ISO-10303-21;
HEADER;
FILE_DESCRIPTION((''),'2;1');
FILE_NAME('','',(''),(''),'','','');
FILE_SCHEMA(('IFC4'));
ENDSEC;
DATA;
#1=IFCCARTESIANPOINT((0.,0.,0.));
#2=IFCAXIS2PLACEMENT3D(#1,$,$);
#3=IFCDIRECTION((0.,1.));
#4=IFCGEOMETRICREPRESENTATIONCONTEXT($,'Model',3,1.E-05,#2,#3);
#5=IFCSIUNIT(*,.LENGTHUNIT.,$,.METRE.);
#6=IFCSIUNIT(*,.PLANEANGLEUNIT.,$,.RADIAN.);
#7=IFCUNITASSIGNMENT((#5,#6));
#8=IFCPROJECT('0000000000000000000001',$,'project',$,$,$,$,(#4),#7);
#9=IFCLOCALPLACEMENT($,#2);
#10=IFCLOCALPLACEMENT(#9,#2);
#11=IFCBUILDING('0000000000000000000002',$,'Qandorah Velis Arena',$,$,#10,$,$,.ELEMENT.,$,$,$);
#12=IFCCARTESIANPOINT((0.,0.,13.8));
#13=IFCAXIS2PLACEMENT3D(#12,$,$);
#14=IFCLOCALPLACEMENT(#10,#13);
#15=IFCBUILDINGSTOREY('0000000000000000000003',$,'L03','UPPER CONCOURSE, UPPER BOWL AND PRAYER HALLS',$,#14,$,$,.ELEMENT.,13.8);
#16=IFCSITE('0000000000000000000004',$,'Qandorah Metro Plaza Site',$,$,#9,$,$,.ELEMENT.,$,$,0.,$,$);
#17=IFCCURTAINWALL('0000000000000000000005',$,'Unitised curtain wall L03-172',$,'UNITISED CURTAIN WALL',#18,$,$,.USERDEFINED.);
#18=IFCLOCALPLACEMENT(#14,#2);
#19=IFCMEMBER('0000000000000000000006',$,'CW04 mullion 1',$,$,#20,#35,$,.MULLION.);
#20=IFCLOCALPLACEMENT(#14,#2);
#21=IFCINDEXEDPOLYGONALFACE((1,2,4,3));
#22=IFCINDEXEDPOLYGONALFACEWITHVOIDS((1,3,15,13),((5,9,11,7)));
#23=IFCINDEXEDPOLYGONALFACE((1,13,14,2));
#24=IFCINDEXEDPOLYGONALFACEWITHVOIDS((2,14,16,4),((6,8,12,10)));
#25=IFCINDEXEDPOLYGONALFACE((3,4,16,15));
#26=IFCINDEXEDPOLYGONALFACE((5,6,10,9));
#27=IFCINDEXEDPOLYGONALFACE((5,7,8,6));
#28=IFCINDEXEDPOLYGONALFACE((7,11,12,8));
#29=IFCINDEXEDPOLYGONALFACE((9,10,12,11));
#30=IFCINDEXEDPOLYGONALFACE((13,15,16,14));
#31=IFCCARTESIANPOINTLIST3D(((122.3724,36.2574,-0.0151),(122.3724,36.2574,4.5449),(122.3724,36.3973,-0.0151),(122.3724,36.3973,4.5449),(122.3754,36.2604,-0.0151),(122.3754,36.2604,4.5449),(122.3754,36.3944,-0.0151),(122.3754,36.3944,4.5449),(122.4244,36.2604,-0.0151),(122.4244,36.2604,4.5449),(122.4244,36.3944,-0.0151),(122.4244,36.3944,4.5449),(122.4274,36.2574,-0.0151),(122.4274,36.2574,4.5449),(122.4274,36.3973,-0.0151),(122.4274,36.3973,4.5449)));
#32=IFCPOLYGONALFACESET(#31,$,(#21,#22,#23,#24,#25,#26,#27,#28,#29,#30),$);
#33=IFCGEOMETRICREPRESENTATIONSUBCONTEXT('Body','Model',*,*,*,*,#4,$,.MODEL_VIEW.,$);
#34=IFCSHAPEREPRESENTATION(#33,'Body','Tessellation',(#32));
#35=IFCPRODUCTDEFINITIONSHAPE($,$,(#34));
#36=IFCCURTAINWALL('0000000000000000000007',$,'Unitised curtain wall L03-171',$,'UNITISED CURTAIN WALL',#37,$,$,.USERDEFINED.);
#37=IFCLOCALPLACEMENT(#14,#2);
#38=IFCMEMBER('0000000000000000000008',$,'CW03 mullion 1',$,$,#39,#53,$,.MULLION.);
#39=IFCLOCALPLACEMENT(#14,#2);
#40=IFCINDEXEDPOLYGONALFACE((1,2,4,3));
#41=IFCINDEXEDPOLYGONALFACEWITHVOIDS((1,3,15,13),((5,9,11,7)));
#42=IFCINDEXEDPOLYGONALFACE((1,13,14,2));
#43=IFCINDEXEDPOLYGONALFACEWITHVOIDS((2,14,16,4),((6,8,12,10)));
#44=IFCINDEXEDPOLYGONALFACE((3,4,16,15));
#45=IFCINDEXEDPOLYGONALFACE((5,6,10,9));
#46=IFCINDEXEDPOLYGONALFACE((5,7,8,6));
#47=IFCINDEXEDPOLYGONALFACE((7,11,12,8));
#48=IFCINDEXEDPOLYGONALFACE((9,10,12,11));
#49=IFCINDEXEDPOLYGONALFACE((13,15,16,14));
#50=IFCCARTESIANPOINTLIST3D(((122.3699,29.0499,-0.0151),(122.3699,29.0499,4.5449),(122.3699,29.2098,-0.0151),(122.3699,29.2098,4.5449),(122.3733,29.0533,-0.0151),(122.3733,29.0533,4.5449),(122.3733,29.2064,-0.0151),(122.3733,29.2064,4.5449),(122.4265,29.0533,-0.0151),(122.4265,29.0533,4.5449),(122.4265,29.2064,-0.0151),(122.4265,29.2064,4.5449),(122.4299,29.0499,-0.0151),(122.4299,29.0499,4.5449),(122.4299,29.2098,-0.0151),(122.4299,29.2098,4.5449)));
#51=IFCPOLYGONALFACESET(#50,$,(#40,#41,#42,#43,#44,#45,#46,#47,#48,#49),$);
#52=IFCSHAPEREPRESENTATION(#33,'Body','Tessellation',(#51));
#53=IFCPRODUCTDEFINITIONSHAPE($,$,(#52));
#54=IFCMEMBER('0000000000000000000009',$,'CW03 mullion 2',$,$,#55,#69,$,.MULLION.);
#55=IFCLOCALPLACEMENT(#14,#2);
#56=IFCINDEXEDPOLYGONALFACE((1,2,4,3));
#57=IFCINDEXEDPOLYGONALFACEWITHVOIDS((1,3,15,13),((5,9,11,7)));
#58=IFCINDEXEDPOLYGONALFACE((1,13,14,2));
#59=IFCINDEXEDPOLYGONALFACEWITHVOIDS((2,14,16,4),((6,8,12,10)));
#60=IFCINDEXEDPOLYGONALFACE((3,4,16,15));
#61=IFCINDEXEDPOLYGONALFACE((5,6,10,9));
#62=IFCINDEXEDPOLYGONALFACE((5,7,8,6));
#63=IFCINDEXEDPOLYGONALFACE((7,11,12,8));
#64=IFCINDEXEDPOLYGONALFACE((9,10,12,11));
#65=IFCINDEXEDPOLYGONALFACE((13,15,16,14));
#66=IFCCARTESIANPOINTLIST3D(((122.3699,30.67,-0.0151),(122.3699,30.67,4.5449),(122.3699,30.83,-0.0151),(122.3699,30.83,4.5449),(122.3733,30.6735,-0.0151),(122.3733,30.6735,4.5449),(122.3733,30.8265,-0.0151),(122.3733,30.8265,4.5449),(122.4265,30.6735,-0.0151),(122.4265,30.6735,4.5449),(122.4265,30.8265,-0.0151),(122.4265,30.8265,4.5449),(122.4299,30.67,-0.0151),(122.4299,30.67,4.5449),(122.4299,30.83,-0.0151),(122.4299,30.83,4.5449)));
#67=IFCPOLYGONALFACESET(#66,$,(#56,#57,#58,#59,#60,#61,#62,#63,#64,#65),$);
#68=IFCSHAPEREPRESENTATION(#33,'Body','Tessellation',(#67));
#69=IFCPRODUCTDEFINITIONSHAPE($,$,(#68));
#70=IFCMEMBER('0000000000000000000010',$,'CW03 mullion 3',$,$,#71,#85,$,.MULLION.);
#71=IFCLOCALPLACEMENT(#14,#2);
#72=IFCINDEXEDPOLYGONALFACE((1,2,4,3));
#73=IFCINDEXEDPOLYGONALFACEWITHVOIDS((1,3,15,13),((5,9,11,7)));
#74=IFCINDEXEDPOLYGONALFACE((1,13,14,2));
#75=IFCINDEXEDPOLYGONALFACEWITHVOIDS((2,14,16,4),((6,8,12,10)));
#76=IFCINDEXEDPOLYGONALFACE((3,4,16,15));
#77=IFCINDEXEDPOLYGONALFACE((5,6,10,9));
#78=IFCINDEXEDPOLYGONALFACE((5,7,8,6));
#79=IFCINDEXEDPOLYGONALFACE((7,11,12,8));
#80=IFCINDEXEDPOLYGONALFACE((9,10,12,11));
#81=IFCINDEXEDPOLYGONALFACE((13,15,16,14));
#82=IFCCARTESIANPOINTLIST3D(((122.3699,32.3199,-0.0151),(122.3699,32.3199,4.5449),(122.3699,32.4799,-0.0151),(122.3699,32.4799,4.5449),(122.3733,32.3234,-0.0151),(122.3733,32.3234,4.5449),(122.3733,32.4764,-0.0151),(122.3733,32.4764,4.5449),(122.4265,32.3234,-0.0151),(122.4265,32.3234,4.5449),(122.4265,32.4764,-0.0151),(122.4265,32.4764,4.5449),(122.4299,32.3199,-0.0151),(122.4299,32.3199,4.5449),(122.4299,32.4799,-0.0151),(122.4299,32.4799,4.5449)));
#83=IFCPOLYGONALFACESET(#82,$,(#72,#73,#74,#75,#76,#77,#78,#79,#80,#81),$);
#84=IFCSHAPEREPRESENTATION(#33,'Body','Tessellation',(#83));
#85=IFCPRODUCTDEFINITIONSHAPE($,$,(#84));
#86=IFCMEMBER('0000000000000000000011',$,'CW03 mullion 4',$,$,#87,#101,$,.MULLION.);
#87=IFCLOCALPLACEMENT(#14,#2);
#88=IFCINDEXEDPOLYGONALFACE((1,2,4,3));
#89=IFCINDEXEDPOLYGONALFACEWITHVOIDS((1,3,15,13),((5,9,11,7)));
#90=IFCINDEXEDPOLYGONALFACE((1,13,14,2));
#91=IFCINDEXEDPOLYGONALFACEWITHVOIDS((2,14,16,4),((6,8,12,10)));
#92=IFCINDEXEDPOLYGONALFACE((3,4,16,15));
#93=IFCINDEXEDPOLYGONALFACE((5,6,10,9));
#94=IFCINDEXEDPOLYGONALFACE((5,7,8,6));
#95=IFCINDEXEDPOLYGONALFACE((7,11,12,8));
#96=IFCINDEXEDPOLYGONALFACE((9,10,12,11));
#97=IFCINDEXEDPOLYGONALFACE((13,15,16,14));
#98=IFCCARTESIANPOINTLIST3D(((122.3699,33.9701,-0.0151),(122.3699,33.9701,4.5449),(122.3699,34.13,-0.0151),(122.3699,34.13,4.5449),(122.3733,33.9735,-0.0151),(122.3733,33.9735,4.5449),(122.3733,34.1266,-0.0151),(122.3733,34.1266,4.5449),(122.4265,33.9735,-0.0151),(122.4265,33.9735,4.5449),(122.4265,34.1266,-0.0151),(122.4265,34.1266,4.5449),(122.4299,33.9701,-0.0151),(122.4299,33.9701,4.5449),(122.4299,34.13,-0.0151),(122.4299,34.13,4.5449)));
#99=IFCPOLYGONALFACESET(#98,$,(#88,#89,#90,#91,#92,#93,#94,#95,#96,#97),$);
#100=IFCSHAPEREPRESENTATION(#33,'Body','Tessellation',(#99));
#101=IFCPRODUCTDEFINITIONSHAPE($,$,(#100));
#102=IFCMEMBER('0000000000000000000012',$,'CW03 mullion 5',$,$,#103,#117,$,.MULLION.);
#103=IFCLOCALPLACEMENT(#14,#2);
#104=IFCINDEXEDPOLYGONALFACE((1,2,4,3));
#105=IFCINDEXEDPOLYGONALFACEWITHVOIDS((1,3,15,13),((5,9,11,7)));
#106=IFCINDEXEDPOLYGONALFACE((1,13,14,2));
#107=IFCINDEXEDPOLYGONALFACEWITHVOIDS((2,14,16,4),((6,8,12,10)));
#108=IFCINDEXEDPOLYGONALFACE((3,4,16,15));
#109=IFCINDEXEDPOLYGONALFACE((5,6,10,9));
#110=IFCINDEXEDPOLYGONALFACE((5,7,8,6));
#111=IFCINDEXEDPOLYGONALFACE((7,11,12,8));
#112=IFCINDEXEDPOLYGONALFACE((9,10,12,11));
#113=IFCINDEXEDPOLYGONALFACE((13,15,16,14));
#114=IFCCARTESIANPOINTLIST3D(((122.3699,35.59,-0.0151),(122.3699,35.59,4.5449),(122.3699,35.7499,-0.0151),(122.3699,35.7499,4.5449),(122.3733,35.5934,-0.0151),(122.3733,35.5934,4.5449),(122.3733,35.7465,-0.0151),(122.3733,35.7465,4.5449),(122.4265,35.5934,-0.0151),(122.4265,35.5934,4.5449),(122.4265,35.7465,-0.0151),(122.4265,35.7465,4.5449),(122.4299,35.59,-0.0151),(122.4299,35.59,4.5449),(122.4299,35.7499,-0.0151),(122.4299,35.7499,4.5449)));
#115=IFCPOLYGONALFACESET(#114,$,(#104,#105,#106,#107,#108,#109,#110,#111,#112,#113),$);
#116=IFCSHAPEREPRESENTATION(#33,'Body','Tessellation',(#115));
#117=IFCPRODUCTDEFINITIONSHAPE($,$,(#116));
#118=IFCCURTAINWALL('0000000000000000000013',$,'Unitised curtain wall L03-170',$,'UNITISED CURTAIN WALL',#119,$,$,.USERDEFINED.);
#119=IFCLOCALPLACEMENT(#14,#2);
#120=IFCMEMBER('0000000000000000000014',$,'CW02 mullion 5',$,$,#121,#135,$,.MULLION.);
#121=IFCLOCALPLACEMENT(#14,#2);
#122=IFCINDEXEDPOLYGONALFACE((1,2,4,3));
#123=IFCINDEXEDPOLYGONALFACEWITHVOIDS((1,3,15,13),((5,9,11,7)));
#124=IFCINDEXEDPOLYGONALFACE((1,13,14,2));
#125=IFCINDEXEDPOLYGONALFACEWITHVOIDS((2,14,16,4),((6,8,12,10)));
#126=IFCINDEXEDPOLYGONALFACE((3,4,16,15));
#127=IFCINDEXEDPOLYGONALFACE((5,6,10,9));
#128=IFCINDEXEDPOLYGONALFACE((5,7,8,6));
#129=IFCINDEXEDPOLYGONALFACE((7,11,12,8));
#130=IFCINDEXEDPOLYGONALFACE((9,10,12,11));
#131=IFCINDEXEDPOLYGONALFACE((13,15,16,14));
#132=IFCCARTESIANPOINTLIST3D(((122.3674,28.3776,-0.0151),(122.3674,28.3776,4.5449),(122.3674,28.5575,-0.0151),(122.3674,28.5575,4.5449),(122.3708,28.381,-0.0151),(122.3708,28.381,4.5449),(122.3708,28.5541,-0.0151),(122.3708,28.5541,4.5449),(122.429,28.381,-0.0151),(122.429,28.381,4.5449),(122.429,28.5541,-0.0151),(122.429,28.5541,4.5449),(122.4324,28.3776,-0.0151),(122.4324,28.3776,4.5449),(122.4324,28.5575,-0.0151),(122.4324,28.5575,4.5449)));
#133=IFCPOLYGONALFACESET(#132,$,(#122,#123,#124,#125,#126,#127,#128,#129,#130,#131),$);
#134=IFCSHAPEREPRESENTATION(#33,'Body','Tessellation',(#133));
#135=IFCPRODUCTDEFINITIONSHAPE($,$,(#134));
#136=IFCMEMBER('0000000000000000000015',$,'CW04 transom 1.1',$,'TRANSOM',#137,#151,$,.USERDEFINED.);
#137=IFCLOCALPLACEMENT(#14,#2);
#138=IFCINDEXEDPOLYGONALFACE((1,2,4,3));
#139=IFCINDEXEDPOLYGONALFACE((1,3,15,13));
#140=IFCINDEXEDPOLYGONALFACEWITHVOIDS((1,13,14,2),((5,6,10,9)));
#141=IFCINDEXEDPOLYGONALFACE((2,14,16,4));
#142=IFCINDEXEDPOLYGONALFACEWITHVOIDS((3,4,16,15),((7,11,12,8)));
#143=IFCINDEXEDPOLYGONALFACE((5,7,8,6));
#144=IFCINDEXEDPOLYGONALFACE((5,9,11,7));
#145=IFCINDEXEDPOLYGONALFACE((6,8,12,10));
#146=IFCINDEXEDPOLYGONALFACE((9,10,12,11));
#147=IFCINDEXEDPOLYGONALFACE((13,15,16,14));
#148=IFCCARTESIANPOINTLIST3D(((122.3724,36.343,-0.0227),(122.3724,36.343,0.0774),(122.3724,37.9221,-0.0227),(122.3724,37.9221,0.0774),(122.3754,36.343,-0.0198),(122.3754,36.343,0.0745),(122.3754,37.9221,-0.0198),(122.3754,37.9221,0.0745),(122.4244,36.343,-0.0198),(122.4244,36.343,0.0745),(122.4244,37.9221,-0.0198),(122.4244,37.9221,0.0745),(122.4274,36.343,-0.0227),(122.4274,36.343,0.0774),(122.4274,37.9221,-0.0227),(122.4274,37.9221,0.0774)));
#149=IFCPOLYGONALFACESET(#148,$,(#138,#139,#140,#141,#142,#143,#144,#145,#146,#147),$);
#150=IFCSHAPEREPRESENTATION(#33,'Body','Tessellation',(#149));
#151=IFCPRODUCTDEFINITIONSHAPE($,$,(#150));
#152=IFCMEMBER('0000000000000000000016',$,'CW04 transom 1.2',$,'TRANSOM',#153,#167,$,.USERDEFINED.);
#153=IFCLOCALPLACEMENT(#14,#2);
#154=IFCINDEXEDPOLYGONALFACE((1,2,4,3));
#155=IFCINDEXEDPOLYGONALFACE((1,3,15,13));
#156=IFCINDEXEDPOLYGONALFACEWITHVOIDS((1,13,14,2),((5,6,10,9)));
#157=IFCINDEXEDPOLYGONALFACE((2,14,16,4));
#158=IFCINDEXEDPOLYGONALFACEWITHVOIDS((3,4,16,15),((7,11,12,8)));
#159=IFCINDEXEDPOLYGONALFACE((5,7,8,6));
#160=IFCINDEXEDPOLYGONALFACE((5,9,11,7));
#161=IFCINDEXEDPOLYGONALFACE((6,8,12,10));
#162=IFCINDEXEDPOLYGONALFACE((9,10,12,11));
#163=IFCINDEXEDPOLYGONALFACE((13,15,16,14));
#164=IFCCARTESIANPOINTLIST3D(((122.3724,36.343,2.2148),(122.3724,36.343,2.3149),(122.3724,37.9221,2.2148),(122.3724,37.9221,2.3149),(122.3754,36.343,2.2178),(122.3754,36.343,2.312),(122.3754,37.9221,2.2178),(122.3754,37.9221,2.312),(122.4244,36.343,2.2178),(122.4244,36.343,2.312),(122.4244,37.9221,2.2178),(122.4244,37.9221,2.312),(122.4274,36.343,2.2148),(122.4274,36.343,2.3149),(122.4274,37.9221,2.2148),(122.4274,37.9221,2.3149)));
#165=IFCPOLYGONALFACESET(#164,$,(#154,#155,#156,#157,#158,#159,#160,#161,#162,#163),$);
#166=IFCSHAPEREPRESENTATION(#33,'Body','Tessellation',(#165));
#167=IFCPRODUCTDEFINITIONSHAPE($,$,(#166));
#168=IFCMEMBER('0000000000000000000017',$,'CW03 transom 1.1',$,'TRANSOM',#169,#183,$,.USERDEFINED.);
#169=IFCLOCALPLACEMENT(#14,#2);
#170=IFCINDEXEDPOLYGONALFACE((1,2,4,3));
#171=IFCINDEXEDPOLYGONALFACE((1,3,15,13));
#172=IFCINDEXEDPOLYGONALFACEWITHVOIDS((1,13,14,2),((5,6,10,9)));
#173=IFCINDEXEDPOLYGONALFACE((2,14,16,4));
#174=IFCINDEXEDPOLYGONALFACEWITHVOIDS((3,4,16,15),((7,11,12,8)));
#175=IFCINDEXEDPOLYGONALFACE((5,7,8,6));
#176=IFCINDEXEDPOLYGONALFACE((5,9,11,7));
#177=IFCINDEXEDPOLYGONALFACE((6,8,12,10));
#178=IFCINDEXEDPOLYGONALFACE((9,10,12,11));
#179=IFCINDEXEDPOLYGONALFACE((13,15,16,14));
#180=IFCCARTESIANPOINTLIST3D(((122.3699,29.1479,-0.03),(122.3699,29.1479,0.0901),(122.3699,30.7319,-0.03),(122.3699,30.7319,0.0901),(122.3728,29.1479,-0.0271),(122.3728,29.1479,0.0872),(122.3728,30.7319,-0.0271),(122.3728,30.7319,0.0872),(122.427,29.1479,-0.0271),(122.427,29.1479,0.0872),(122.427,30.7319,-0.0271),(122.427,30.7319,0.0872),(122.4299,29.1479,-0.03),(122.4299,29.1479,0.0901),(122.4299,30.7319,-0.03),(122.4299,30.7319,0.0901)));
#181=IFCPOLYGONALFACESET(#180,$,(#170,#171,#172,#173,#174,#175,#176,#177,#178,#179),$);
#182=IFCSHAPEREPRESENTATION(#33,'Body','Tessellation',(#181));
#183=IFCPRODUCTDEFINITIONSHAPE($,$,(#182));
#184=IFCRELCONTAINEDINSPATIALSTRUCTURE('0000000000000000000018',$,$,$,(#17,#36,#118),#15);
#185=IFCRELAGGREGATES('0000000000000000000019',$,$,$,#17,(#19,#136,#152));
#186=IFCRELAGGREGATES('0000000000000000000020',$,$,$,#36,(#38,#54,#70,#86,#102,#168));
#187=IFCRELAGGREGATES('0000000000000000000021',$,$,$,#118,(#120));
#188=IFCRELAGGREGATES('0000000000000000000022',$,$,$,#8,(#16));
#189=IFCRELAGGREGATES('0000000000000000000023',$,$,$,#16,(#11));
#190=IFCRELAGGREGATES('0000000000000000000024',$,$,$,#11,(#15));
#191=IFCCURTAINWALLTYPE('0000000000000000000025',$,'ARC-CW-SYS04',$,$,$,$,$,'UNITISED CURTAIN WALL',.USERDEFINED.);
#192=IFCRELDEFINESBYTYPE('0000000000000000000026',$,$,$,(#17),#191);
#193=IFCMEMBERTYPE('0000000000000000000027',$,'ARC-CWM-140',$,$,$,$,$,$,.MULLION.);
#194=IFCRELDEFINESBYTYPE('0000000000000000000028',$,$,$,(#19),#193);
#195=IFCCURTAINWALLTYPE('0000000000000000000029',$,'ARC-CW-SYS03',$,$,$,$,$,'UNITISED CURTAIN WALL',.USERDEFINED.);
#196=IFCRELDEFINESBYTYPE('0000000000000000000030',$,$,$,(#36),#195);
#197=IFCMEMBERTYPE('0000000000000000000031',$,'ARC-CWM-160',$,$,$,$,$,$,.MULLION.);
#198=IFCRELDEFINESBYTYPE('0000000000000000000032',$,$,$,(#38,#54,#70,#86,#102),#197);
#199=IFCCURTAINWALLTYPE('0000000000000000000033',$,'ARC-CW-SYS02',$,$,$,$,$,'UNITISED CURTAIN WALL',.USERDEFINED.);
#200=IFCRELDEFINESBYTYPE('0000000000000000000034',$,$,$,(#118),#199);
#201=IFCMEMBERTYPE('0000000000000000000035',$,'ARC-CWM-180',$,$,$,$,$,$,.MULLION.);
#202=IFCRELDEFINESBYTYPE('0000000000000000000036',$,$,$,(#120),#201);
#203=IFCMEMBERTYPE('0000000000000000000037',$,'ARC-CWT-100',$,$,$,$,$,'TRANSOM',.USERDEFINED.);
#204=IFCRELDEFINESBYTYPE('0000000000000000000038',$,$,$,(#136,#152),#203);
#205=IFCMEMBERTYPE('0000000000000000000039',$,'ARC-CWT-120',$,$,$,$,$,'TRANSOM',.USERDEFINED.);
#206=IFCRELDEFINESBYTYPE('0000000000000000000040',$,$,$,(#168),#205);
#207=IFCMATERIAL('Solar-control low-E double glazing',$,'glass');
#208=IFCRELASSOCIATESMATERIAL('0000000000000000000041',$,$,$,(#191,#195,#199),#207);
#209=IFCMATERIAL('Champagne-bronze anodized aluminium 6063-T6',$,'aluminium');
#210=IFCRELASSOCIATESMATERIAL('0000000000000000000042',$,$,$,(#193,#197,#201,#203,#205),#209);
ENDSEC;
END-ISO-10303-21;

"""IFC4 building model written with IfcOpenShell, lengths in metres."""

from ifc_helpers import new_model, si_unit, direction, frame, origin, origin_2d, place, context, subcontext, project, spatial, hollow_rectangle, extrude, material, material_profile, profile_set, type_object, element, aggregate, save


model = new_model("IFC4")

# Units and contexts
model_context = context("Model", 3, precision=1e-05, world=origin(), true_north=direction((0.0, 1.0)))
body_context = subcontext(model_context, "Body", "Model", "MODEL_VIEW")
ifc_project = project(units=[si_unit("LENGTHUNIT", "METRE"), si_unit("PLANEANGLEUNIT", "RADIAN")], contexts=[model_context])

# Site, building, storey
site_placement = place(None, origin())
site = spatial("IfcSite", under=ifc_project, at=site_placement, Name="Qandorah Metro Plaza Site", CompositionType="ELEMENT", RefElevation=0.0)
building_placement = place(site_placement, origin())
building = spatial("IfcBuilding", under=site, at=building_placement, Name="Qandorah Velis Arena", CompositionType="ELEMENT")
storey_placement = place(building_placement, frame((0.0, 0.0, 13.8)))
storey = spatial("IfcBuildingStorey", under=building, at=storey_placement, Name="L03", Description="UPPER CONCOURSE, UPPER BOWL AND PRAYER HALLS", CompositionType="ELEMENT", Elevation=13.8)

# Curtain wall, member
ifc_material_1 = material(Name="Solar-control low-E double glazing", Category="glass")
curtain_wall_type_1 = type_object("IfcCurtainWallType", Name="ARC-CW-SYS04", ElementType="UNITISED CURTAIN WALL", PredefinedType="USERDEFINED", material=ifc_material_1)
curtain_wall_1_placement = place(storey_placement, origin())
curtain_wall_1 = element("IfcCurtainWall", 1, at=curtain_wall_1_placement, inside=storey, type_object=curtain_wall_type_1, Name="Unitised curtain wall L03-172", ObjectType="UNITISED CURTAIN WALL", PredefinedType="USERDEFINED")
ifc_material_2 = material(Name="Champagne-bronze anodized aluminium 6063-T6", Category="aluminium")
ifc_material_profile_1 = material_profile(ifc_material_2, hollow_rectangle(XDim=0.0549, YDim=0.1399, WallThickness=0.0029, at=origin_2d()), Name="ALU MULLION 55x140")
ifc_profile_set_1 = profile_set([ifc_material_profile_1], Name="Champagne-bronze anodized aluminium 6063-T6")
member_type_1 = type_object("IfcMemberType", Name="ARC-CWM-140", PredefinedType="MULLION", material=ifc_profile_set_1)
member_1_placement = place(storey_placement, frame((122.3999, 36.3274, -0.0151), z_axis=(0.0, 0.0, 1.0), x_axis=(-1.0, 0.0, 0.0)))
member_1 = element("IfcMember", 2, at=member_1_placement, type_object=member_type_1, Name="CW04 mullion 1", PredefinedType="MULLION", context=body_context, shape_type="SweptSolid", body=[
    extrude(hollow_rectangle(XDim=0.0549, YDim=0.1399, WallThickness=0.0029, at=origin_2d()), origin(), (0.0, 0.0, 1.0), 4.5601),
])

# Curtain wall, members
curtain_wall_type_2 = type_object("IfcCurtainWallType", Name="ARC-CW-SYS03", ElementType="UNITISED CURTAIN WALL", PredefinedType="USERDEFINED", material=ifc_material_1)
curtain_wall_2_placement = place(storey_placement, origin())
curtain_wall_2 = element("IfcCurtainWall", 3, at=curtain_wall_2_placement, inside=storey, type_object=curtain_wall_type_2, Name="Unitised curtain wall L03-171", ObjectType="UNITISED CURTAIN WALL", PredefinedType="USERDEFINED")
ifc_material_profile_2 = material_profile(ifc_material_2, hollow_rectangle(XDim=0.0601, YDim=0.1599, WallThickness=0.0034, at=origin_2d()), Name="ALU MULLION 60x160")
ifc_profile_set_2 = profile_set([ifc_material_profile_2], Name="Champagne-bronze anodized aluminium 6063-T6")
member_type_2 = type_object("IfcMemberType", Name="ARC-CWM-160", PredefinedType="MULLION", material=ifc_profile_set_2)
member_2_placement = place(storey_placement, frame((122.3999, 29.1299, -0.0151), z_axis=(0.0, 0.0, 1.0), x_axis=(-1.0, 0.0, 0.0)))
member_2 = element("IfcMember", 4, at=member_2_placement, type_object=member_type_2, Name="CW03 mullion 1", PredefinedType="MULLION", context=body_context, shape_type="SweptSolid", body=[
    extrude(hollow_rectangle(XDim=0.0601, YDim=0.1599, WallThickness=0.0034, at=origin_2d()), origin(), (0.0, 0.0, 1.0), 4.5601),
])
member_3_placement = place(storey_placement, frame((122.3999, 30.75, -0.0151), z_axis=(0.0, 0.0, 1.0), x_axis=(-1.0, 0.0, 0.0)))
member_3 = element("IfcMember", 5, at=member_3_placement, type_object=member_type_2, Name="CW03 mullion 2", PredefinedType="MULLION", context=body_context, shape_type="SweptSolid", body=[
    extrude(hollow_rectangle(XDim=0.0601, YDim=0.1599, WallThickness=0.0034, at=origin_2d()), origin(), (0.0, 0.0, 1.0), 4.5601),
])
member_4_placement = place(storey_placement, frame((122.3999, 32.3999, -0.0151), z_axis=(0.0, 0.0, 1.0), x_axis=(-1.0, 0.0, 0.0)))
member_4 = element("IfcMember", 6, at=member_4_placement, type_object=member_type_2, Name="CW03 mullion 3", PredefinedType="MULLION", context=body_context, shape_type="SweptSolid", body=[
    extrude(hollow_rectangle(XDim=0.0601, YDim=0.1599, WallThickness=0.0034, at=origin_2d()), origin(), (0.0, 0.0, 1.0), 4.5601),
])
member_5_placement = place(storey_placement, frame((122.3999, 34.05, -0.0151), z_axis=(0.0, 0.0, 1.0), x_axis=(-1.0, 0.0, 0.0)))
member_5 = element("IfcMember", 7, at=member_5_placement, type_object=member_type_2, Name="CW03 mullion 4", PredefinedType="MULLION", context=body_context, shape_type="SweptSolid", body=[
    extrude(hollow_rectangle(XDim=0.0601, YDim=0.1599, WallThickness=0.0034, at=origin_2d()), origin(), (0.0, 0.0, 1.0), 4.5601),
])
member_6_placement = place(storey_placement, frame((122.3999, 35.6699, -0.0151), z_axis=(0.0, 0.0, 1.0), x_axis=(-1.0, 0.0, 0.0)))
member_6 = element("IfcMember", 8, at=member_6_placement, type_object=member_type_2, Name="CW03 mullion 5", PredefinedType="MULLION", context=body_context, shape_type="SweptSolid", body=[
    extrude(hollow_rectangle(XDim=0.0601, YDim=0.1599, WallThickness=0.0034, at=origin_2d()), origin(), (0.0, 0.0, 1.0), 4.5601),
])

# Curtain wall, member
curtain_wall_type_3 = type_object("IfcCurtainWallType", Name="ARC-CW-SYS02", ElementType="UNITISED CURTAIN WALL", PredefinedType="USERDEFINED", material=ifc_material_1)
curtain_wall_3_placement = place(storey_placement, origin())
curtain_wall_3 = element("IfcCurtainWall", 9, at=curtain_wall_3_placement, inside=storey, type_object=curtain_wall_type_3, Name="Unitised curtain wall L03-170", ObjectType="UNITISED CURTAIN WALL", PredefinedType="USERDEFINED")
ifc_material_profile_3 = material_profile(ifc_material_2, hollow_rectangle(XDim=0.0649, YDim=0.1799, WallThickness=0.0034, at=origin_2d()), Name="ALU MULLION 65x180")
ifc_profile_set_3 = profile_set([ifc_material_profile_3], Name="Champagne-bronze anodized aluminium 6063-T6")
member_type_3 = type_object("IfcMemberType", Name="ARC-CWM-180", PredefinedType="MULLION", material=ifc_profile_set_3)
member_7_placement = place(storey_placement, frame((122.3999, 28.4675, -0.0151), z_axis=(0.0, 0.0, 1.0), x_axis=(-1.0, 0.0, 0.0)))
member_7 = element("IfcMember", 10, at=member_7_placement, type_object=member_type_3, Name="CW02 mullion 5", PredefinedType="MULLION", context=body_context, shape_type="SweptSolid", body=[
    extrude(hollow_rectangle(XDim=0.0649, YDim=0.1799, WallThickness=0.0034, at=origin_2d()), origin(), (0.0, 0.0, 1.0), 4.5601),
])

# Members
ifc_material_profile_4 = material_profile(ifc_material_2, hollow_rectangle(XDim=0.0549, YDim=0.1001, WallThickness=0.0029, at=origin_2d()), Name="ALU TRANSOM 55x100")
ifc_profile_set_4 = profile_set([ifc_material_profile_4], Name="Champagne-bronze anodized aluminium 6063-T6")
member_type_4 = type_object("IfcMemberType", Name="ARC-CWT-100", ElementType="TRANSOM", PredefinedType="USERDEFINED", material=ifc_profile_set_4)
member_8_placement = place(storey_placement, frame((122.3999, 36.343, 0.0273), z_axis=(0.0, 1.0, 0.0), x_axis=(-1.0, 0.0, 0.0)))
member_8 = element("IfcMember", 11, at=member_8_placement, type_object=member_type_4, Name="CW04 transom 1.1", ObjectType="TRANSOM", PredefinedType="USERDEFINED", context=body_context, shape_type="SweptSolid", body=[
    extrude(hollow_rectangle(XDim=0.0549, YDim=0.1001, WallThickness=0.0029, at=origin_2d()), origin(), (0.0, 0.0, 1.0), 1.5791),
])
member_9_placement = place(storey_placement, frame((122.3999, 36.343, 2.2649), z_axis=(0.0, 1.0, 0.0), x_axis=(-1.0, 0.0, 0.0)))
member_9 = element("IfcMember", 12, at=member_9_placement, type_object=member_type_4, Name="CW04 transom 1.2", ObjectType="TRANSOM", PredefinedType="USERDEFINED", context=body_context, shape_type="SweptSolid", body=[
    extrude(hollow_rectangle(XDim=0.0549, YDim=0.1001, WallThickness=0.0029, at=origin_2d()), origin(), (0.0, 0.0, 1.0), 1.5791),
])
aggregate(curtain_wall_1, [member_1, member_8, member_9])
ifc_material_profile_5 = material_profile(ifc_material_2, hollow_rectangle(XDim=0.0601, YDim=0.1201, WallThickness=0.0029, at=origin_2d()), Name="ALU TRANSOM 60x120")
ifc_profile_set_5 = profile_set([ifc_material_profile_5], Name="Champagne-bronze anodized aluminium 6063-T6")
member_type_5 = type_object("IfcMemberType", Name="ARC-CWT-120", ElementType="TRANSOM", PredefinedType="USERDEFINED", material=ifc_profile_set_5)
member_10_placement = place(storey_placement, frame((122.3999, 29.1479, 0.03), z_axis=(0.0, 1.0, 0.0), x_axis=(-1.0, 0.0, 0.0)))
member_10 = element("IfcMember", 13, at=member_10_placement, type_object=member_type_5, Name="CW03 transom 1.1", ObjectType="TRANSOM", PredefinedType="USERDEFINED", context=body_context, shape_type="SweptSolid", body=[
    extrude(hollow_rectangle(XDim=0.0601, YDim=0.1201, WallThickness=0.0029, at=origin_2d()), origin(), (0.0, 0.0, 1.0), 1.584),
])

aggregate(curtain_wall_2, [member_2, member_3, member_4, member_5, member_6, member_10])
aggregate(curtain_wall_3, [member_7])

save(model, "model.ifc")
